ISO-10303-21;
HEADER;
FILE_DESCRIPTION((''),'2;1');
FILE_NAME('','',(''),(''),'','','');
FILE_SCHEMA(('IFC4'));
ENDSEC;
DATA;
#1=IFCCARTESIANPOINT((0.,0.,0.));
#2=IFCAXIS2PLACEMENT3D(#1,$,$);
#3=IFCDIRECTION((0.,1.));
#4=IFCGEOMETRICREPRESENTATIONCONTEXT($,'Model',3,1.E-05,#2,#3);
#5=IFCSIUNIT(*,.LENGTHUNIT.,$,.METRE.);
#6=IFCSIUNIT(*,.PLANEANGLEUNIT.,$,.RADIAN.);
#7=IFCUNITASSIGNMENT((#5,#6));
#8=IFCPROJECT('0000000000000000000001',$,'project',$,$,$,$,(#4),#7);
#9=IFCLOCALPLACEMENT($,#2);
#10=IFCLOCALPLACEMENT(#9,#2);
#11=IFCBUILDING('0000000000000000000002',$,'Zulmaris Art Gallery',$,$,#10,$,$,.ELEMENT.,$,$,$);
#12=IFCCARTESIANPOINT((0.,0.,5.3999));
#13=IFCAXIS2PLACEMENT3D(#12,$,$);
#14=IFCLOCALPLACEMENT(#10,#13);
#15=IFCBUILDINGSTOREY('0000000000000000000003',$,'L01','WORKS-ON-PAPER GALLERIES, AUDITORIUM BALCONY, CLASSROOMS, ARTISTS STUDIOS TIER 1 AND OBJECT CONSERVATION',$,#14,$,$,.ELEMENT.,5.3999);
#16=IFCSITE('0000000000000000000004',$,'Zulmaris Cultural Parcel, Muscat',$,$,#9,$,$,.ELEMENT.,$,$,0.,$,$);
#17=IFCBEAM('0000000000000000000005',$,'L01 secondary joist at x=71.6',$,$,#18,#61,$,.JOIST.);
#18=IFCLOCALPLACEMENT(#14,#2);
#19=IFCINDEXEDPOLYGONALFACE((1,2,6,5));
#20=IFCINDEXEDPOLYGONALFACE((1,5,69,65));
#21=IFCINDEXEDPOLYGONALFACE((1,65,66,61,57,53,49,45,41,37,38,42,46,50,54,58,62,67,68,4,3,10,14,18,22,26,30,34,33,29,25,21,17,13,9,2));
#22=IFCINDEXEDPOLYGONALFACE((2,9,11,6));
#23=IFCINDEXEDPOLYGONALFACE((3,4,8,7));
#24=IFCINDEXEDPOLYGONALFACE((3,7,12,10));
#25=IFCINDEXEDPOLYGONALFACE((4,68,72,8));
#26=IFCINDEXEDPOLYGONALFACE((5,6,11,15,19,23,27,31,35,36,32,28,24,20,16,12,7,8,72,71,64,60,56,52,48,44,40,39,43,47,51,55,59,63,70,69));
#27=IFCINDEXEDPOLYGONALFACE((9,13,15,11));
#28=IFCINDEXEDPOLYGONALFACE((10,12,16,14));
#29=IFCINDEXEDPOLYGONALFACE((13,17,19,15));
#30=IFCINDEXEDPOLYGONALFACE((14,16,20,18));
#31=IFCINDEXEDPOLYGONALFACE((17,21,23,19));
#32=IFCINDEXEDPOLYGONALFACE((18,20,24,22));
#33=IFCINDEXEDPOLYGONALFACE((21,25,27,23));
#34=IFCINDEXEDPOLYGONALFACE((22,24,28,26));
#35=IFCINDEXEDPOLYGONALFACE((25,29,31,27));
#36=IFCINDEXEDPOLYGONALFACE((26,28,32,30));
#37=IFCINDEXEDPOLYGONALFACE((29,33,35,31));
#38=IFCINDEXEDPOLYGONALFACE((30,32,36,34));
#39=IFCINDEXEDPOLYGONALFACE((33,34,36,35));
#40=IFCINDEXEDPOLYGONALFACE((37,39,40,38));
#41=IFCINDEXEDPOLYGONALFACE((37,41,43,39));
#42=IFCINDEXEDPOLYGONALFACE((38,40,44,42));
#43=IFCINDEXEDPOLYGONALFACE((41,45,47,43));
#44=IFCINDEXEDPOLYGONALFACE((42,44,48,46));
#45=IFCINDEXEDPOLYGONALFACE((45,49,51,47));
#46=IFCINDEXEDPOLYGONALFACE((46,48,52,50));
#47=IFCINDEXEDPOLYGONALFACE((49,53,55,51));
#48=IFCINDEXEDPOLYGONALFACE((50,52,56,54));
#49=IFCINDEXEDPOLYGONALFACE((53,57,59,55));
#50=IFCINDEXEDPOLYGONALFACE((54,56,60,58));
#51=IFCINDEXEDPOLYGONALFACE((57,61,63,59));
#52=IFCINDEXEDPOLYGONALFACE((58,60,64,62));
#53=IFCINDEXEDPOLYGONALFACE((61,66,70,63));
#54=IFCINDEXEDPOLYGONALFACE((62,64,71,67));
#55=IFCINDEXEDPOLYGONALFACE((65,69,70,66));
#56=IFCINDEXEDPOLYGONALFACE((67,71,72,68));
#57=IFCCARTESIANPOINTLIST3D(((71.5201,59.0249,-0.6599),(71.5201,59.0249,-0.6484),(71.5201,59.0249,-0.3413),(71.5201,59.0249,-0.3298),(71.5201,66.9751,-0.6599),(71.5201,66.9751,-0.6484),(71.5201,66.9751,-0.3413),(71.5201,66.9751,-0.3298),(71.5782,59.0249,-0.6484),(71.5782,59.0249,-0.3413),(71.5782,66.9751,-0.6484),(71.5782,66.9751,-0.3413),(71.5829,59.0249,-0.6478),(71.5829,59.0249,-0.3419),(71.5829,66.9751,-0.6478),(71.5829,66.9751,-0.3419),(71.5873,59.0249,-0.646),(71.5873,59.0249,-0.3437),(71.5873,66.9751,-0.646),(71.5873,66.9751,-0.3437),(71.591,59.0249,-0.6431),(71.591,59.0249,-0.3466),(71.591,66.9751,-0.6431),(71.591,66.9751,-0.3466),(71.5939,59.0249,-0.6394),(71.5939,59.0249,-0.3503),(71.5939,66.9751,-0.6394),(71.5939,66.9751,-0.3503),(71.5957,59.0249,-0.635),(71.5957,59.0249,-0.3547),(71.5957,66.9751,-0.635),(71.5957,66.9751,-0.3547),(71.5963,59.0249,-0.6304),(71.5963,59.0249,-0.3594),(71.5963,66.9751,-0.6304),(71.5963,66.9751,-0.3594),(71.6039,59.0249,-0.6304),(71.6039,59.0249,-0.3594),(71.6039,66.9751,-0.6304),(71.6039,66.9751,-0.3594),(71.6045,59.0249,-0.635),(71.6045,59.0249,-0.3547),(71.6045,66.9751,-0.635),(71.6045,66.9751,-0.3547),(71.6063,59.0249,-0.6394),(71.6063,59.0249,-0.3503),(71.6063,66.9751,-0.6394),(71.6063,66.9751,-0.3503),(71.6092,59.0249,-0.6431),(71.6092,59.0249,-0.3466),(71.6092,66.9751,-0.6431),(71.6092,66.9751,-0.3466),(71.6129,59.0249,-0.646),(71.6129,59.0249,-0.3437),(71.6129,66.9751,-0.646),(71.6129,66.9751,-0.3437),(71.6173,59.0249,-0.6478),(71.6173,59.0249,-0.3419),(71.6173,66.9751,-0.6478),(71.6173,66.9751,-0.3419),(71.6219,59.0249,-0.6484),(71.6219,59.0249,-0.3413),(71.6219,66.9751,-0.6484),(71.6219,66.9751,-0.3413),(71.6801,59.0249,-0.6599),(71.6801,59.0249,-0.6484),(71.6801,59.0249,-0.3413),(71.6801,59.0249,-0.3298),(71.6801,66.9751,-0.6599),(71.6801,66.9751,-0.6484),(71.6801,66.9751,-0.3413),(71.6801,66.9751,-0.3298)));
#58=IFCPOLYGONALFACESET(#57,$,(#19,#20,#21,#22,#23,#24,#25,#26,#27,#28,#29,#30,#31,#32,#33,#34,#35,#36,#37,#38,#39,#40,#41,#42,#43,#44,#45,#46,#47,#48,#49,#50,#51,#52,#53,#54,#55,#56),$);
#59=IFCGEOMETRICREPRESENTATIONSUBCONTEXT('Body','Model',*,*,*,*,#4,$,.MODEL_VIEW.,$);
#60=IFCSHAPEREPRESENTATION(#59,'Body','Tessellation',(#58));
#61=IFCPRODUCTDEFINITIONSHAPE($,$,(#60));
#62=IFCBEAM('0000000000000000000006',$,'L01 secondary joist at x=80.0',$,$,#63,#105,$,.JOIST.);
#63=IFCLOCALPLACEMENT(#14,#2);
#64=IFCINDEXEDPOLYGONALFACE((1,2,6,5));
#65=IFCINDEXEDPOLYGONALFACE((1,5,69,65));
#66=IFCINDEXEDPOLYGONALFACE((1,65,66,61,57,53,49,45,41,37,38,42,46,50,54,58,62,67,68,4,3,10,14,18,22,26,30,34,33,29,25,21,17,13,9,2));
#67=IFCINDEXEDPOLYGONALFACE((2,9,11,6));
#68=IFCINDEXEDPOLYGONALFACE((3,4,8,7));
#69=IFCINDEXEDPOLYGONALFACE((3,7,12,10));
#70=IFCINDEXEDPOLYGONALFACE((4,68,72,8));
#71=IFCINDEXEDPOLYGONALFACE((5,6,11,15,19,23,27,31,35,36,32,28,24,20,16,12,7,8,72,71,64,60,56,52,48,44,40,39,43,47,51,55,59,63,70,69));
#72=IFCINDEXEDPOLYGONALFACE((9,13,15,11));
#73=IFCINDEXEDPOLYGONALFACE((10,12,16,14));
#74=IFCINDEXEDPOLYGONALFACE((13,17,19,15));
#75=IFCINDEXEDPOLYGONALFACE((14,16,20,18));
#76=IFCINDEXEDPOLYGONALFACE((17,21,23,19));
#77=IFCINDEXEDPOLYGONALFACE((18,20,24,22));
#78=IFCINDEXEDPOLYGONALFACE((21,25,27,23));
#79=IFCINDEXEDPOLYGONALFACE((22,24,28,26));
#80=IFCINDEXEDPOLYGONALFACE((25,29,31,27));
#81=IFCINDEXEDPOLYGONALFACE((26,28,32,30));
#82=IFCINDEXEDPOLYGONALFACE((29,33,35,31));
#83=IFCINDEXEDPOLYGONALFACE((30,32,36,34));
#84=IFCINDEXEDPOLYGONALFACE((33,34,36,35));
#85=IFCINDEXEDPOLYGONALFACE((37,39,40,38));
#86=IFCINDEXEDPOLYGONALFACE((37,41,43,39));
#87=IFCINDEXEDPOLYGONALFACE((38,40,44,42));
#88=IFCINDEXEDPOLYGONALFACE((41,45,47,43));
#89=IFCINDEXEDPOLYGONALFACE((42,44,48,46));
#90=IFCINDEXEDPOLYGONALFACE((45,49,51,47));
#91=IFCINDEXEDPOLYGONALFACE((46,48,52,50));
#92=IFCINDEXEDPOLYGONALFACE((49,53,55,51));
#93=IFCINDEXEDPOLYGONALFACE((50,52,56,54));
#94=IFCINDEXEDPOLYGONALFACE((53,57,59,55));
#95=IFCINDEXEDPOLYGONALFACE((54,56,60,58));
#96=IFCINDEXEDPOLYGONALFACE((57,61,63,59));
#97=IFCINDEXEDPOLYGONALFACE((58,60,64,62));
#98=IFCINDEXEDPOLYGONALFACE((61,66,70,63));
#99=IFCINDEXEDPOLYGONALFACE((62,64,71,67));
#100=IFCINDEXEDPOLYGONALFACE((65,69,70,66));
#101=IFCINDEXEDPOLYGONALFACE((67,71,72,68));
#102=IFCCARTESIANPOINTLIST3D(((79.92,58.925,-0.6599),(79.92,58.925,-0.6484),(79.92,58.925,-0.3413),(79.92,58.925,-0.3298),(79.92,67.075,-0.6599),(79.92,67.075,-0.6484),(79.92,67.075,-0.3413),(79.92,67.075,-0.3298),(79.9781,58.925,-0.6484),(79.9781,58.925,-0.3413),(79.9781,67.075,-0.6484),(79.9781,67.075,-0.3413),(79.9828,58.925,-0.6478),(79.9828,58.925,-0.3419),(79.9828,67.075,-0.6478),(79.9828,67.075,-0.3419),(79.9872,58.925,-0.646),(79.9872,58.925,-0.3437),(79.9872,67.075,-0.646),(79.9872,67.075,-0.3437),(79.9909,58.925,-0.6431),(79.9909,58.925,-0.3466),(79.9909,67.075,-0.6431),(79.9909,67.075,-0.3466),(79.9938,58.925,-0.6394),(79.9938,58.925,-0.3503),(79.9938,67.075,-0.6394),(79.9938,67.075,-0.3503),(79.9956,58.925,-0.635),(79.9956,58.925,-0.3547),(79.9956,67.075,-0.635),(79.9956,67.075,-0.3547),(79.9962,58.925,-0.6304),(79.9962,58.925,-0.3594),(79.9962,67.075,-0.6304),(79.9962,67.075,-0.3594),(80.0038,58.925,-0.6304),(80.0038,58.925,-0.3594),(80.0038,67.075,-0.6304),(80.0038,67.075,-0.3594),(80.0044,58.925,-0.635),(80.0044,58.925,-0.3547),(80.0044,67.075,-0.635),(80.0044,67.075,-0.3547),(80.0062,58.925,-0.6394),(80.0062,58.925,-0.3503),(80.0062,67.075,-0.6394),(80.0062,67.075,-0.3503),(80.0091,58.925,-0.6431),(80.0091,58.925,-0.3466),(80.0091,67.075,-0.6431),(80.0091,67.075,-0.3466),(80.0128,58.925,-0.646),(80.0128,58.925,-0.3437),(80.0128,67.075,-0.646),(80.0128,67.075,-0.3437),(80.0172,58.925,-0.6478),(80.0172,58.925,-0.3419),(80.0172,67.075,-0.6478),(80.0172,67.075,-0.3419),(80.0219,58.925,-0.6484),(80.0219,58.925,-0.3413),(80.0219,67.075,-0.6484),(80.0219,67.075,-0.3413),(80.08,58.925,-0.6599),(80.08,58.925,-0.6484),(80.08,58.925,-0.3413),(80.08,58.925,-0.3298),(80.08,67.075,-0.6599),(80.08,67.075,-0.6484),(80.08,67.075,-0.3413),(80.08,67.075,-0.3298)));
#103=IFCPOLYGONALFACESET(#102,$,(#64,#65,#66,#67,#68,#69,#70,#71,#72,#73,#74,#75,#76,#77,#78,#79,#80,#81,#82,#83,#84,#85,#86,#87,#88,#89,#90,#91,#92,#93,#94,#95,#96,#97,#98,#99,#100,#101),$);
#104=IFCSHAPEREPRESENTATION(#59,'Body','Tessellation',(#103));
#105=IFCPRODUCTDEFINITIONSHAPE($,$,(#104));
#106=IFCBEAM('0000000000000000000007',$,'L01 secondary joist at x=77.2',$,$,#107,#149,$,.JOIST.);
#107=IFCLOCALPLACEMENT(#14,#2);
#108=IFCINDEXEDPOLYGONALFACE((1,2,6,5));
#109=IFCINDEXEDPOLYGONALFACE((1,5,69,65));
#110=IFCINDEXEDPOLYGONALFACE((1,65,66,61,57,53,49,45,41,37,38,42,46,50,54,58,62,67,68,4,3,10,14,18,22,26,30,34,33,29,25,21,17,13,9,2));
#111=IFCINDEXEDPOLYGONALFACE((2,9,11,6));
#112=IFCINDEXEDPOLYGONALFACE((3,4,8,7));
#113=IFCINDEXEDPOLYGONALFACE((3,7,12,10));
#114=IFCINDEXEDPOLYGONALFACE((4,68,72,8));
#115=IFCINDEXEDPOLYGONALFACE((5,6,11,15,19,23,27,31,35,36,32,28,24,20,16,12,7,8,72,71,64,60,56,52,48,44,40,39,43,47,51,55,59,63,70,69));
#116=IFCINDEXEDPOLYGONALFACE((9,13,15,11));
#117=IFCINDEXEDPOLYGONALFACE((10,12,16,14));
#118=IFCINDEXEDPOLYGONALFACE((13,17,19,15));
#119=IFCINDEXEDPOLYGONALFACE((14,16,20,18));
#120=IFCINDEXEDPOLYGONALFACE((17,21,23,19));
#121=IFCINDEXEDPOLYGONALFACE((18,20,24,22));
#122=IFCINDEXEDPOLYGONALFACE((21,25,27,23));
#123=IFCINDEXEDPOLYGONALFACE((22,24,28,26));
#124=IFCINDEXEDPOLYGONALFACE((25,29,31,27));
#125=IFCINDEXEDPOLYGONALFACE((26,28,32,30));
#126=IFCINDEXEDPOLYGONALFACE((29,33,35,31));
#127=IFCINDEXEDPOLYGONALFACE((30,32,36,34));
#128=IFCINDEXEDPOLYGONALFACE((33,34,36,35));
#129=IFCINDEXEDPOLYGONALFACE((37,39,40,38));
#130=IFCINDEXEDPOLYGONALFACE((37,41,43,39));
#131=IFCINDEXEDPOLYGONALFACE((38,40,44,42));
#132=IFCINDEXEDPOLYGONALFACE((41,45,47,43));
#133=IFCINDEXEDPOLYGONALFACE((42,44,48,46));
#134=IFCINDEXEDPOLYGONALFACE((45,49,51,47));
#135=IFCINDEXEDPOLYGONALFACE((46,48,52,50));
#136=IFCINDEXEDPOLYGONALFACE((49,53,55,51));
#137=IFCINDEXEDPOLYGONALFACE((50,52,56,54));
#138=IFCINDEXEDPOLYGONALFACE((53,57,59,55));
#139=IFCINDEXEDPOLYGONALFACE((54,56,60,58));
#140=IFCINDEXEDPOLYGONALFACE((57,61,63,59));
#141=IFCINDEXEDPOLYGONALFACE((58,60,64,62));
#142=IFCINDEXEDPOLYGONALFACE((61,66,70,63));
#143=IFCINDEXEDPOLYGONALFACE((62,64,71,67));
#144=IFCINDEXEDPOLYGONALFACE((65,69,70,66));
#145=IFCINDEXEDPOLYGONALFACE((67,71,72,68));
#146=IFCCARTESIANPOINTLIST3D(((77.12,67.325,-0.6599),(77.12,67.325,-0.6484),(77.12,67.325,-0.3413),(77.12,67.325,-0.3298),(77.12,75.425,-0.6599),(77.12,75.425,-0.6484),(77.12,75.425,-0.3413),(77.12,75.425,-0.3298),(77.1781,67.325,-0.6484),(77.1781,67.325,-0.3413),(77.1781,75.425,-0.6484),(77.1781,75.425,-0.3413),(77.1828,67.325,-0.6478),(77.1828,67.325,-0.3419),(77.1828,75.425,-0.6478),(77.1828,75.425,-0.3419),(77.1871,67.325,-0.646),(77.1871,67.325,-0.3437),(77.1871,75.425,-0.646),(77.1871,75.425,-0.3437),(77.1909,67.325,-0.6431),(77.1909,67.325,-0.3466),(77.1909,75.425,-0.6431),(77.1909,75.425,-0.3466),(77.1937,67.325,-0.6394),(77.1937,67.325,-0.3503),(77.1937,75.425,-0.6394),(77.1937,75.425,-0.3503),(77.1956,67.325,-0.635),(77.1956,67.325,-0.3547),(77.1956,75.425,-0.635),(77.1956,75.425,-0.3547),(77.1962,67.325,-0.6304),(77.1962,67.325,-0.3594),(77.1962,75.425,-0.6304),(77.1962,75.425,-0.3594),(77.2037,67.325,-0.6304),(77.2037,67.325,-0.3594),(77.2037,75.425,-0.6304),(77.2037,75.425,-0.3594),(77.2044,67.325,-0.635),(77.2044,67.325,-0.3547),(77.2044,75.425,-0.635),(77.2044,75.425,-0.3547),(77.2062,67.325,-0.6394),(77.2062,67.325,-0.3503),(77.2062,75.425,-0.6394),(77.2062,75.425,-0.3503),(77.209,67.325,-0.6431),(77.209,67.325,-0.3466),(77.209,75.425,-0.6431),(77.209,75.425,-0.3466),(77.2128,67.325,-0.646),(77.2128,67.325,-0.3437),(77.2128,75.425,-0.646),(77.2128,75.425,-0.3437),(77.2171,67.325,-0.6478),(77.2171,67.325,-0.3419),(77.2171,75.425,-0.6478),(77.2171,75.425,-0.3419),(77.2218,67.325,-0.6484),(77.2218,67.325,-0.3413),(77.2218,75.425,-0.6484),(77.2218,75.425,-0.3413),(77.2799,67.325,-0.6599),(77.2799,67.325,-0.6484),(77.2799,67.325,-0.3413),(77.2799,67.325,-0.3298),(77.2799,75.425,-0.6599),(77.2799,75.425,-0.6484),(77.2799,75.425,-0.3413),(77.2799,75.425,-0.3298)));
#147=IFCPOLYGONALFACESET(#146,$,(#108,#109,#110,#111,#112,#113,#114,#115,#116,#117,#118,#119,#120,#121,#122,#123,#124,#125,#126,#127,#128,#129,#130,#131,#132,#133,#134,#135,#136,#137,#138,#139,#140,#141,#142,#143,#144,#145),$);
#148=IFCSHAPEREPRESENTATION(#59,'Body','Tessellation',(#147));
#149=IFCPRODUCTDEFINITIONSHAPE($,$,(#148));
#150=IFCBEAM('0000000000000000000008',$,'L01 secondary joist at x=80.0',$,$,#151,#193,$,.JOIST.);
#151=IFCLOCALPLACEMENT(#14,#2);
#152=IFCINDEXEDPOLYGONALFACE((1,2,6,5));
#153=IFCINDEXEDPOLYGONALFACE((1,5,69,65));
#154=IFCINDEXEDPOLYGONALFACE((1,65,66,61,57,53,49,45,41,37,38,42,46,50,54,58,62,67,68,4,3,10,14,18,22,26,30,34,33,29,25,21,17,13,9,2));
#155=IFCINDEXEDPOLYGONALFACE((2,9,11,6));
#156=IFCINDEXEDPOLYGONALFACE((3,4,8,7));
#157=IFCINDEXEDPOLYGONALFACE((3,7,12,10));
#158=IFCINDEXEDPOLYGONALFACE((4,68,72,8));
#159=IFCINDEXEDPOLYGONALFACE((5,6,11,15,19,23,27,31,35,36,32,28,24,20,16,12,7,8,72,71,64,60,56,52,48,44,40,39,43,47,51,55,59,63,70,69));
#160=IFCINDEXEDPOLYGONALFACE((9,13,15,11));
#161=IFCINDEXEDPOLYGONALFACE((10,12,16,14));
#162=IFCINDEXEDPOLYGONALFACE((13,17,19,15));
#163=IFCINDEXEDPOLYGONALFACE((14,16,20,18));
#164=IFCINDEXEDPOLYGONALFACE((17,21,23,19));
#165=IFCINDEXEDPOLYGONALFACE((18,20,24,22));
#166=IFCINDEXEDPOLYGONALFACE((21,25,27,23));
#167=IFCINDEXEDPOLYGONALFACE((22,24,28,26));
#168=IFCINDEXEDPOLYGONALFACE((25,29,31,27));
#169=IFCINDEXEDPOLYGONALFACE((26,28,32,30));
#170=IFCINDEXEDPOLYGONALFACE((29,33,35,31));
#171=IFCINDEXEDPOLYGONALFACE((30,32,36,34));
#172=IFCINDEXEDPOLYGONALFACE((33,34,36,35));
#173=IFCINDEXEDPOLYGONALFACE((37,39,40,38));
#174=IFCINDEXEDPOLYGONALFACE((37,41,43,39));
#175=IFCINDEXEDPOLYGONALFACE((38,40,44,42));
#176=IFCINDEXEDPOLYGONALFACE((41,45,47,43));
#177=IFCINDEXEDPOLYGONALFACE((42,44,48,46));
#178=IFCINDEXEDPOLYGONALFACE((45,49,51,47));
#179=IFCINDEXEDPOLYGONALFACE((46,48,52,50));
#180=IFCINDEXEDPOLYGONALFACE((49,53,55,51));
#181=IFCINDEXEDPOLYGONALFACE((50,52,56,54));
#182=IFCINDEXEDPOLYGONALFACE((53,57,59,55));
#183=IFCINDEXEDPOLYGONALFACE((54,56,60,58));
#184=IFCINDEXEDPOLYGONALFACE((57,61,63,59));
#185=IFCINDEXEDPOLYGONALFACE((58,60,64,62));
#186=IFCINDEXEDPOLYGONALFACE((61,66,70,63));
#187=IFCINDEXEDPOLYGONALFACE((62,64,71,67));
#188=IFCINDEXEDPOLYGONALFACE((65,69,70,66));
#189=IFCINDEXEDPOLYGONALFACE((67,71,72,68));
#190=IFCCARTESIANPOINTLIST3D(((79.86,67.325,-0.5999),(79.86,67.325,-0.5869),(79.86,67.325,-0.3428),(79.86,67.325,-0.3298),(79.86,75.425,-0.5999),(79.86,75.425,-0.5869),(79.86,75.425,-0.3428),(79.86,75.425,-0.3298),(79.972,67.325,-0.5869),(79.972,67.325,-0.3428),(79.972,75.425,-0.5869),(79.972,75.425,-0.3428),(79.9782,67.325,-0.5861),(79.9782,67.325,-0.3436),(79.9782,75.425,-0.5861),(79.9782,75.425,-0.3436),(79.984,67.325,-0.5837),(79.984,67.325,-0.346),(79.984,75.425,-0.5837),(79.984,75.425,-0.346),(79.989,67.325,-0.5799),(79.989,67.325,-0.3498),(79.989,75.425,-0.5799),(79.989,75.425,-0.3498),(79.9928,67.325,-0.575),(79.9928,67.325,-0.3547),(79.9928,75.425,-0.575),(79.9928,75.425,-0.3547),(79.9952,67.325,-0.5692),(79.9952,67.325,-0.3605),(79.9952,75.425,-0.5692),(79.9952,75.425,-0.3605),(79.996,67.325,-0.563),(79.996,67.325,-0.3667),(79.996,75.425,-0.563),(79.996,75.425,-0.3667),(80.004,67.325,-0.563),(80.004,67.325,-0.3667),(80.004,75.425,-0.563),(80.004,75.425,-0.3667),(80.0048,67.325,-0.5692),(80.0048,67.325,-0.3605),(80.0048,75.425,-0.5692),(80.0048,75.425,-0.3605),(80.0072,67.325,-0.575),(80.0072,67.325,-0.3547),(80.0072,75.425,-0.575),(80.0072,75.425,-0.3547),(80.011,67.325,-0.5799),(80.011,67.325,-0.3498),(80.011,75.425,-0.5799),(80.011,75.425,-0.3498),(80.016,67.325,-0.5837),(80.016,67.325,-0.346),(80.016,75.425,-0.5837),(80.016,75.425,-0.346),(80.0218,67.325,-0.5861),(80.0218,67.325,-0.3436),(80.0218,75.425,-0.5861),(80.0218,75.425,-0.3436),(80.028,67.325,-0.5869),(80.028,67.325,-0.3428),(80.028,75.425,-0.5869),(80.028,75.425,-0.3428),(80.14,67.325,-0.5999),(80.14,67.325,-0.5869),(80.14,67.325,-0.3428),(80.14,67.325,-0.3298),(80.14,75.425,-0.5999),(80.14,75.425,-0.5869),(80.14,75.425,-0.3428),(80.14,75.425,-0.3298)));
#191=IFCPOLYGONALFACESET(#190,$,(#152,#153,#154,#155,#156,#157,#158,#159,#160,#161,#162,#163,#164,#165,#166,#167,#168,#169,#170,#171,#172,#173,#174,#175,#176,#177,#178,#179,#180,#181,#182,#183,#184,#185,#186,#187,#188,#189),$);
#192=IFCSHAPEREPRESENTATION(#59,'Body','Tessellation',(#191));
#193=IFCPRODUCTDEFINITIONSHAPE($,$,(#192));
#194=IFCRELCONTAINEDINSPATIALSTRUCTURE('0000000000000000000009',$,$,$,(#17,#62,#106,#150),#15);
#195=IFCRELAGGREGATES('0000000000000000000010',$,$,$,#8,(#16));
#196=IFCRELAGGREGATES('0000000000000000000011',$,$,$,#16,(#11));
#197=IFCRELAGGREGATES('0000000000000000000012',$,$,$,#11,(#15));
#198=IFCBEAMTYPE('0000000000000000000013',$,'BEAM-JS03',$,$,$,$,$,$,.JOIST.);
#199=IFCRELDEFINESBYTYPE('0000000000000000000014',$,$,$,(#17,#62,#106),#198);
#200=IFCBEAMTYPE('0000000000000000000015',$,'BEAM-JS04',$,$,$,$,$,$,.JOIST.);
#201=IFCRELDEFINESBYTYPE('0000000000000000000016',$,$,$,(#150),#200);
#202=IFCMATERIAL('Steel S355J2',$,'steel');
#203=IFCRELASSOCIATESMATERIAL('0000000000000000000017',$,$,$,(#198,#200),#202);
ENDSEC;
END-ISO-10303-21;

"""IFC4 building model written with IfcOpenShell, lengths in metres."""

from ifc_helpers import new_model, si_unit, direction, frame, origin, origin_2d, place, context, subcontext, project, spatial, i_section, extrude, material, material_profile, profile_set, type_object, element, save


model = new_model("IFC4")

# Units and contexts
model_context = context("Model", 3, precision=1e-05, world=origin(), true_north=direction((0.0, 1.0)))
body_context = subcontext(model_context, "Body", "Model", "MODEL_VIEW")
ifc_project = project(units=[si_unit("LENGTHUNIT", "METRE"), si_unit("PLANEANGLEUNIT", "RADIAN")], contexts=[model_context])

# Site, building, storey
site_placement = place(None, origin())
site = spatial("IfcSite", under=ifc_project, at=site_placement, Name="Zulmaris Cultural Parcel, Muscat", CompositionType="ELEMENT", RefElevation=0.0)
building_placement = place(site_placement, origin())
building = spatial("IfcBuilding", under=site, at=building_placement, Name="Zulmaris Art Gallery", CompositionType="ELEMENT")
storey_placement = place(building_placement, frame((0.0, 0.0, 5.3999)))
storey = spatial("IfcBuildingStorey", under=building, at=storey_placement, Name="L01", Description="WORKS-ON-PAPER GALLERIES, AUDITORIUM BALCONY, CLASSROOMS, ARTISTS STUDIOS TIER 1 AND OBJECT CONSERVATION", CompositionType="ELEMENT", Elevation=5.3999)

# Beams
ifc_material_1 = material(Name="Steel S355J2", Category="steel")
ifc_material_profile_1 = material_profile(ifc_material_1, i_section(OverallWidth=0.1599, OverallDepth=0.3301, WebThickness=0.0076, FlangeThickness=0.0115, FilletRadius=0.0181, at=origin_2d()), Name="IPE 330")
ifc_profile_set_1 = profile_set([ifc_material_profile_1], Name="Steel S355J2")
beam_type_1 = type_object("IfcBeamType", Name="BEAM-JS03", PredefinedType="JOIST", material=ifc_profile_set_1)
beam_1_placement = place(storey_placement, frame((71.6001, 59.0249, -0.4949), z_axis=(0.0, 1.0, 0.0), x_axis=(-1.0, 0.0, 0.0)))
element("IfcBeam", 1, at=beam_1_placement, inside=storey, type_object=beam_type_1, Name="L01 secondary joist at x=71.6", PredefinedType="JOIST", context=body_context, shape_type="SweptSolid", body=[
    extrude(i_section(OverallWidth=0.1599, OverallDepth=0.3301, WebThickness=0.0076, FlangeThickness=0.0115, FilletRadius=0.0181, at=origin_2d()), origin(), (0.0, 0.0, 1.0), 7.9502),
])
beam_2_placement = place(storey_placement, frame((80.0, 58.925, -0.4949), z_axis=(0.0, 1.0, 0.0), x_axis=(-1.0, 0.0, 0.0)))
element("IfcBeam", 2, at=beam_2_placement, inside=storey, type_object=beam_type_1, Name="L01 secondary joist at x=80.0", PredefinedType="JOIST", context=body_context, shape_type="SweptSolid", body=[
    extrude(i_section(OverallWidth=0.1599, OverallDepth=0.3301, WebThickness=0.0076, FlangeThickness=0.0115, FilletRadius=0.0181, at=origin_2d()), origin(), (0.0, 0.0, 1.0), 8.1499),
])
beam_3_placement = place(storey_placement, frame((77.2, 67.325, -0.4949), z_axis=(0.0, 1.0, 0.0), x_axis=(-1.0, 0.0, 0.0)))
element("IfcBeam", 3, at=beam_3_placement, inside=storey, type_object=beam_type_1, Name="L01 secondary joist at x=77.2", PredefinedType="JOIST", context=body_context, shape_type="SweptSolid", body=[
    extrude(i_section(OverallWidth=0.1599, OverallDepth=0.3301, WebThickness=0.0076, FlangeThickness=0.0115, FilletRadius=0.0181, at=origin_2d()), origin(), (0.0, 0.0, 1.0), 8.1001),
])
ifc_material_profile_2 = material_profile(ifc_material_1, i_section(OverallWidth=0.28, OverallDepth=0.27, WebThickness=0.0081, FlangeThickness=0.0129, FilletRadius=0.0239, at=origin_2d()), Name="HEA 280")
ifc_profile_set_2 = profile_set([ifc_material_profile_2], Name="Steel S355J2")
beam_type_2 = type_object("IfcBeamType", Name="BEAM-JS04", PredefinedType="JOIST", material=ifc_profile_set_2)
beam_4_placement = place(storey_placement, frame((80.0, 67.325, -0.4648), z_axis=(0.0, 1.0, 0.0), x_axis=(-1.0, 0.0, 0.0)))
element("IfcBeam", 4, at=beam_4_placement, inside=storey, type_object=beam_type_2, Name="L01 secondary joist at x=80.0", PredefinedType="JOIST", context=body_context, shape_type="SweptSolid", body=[
    extrude(i_section(OverallWidth=0.28, OverallDepth=0.27, WebThickness=0.0081, FlangeThickness=0.0129, FilletRadius=0.0239, at=origin_2d()), origin(), (0.0, 0.0, 1.0), 8.1001),
])

save(model, "model.ifc")
